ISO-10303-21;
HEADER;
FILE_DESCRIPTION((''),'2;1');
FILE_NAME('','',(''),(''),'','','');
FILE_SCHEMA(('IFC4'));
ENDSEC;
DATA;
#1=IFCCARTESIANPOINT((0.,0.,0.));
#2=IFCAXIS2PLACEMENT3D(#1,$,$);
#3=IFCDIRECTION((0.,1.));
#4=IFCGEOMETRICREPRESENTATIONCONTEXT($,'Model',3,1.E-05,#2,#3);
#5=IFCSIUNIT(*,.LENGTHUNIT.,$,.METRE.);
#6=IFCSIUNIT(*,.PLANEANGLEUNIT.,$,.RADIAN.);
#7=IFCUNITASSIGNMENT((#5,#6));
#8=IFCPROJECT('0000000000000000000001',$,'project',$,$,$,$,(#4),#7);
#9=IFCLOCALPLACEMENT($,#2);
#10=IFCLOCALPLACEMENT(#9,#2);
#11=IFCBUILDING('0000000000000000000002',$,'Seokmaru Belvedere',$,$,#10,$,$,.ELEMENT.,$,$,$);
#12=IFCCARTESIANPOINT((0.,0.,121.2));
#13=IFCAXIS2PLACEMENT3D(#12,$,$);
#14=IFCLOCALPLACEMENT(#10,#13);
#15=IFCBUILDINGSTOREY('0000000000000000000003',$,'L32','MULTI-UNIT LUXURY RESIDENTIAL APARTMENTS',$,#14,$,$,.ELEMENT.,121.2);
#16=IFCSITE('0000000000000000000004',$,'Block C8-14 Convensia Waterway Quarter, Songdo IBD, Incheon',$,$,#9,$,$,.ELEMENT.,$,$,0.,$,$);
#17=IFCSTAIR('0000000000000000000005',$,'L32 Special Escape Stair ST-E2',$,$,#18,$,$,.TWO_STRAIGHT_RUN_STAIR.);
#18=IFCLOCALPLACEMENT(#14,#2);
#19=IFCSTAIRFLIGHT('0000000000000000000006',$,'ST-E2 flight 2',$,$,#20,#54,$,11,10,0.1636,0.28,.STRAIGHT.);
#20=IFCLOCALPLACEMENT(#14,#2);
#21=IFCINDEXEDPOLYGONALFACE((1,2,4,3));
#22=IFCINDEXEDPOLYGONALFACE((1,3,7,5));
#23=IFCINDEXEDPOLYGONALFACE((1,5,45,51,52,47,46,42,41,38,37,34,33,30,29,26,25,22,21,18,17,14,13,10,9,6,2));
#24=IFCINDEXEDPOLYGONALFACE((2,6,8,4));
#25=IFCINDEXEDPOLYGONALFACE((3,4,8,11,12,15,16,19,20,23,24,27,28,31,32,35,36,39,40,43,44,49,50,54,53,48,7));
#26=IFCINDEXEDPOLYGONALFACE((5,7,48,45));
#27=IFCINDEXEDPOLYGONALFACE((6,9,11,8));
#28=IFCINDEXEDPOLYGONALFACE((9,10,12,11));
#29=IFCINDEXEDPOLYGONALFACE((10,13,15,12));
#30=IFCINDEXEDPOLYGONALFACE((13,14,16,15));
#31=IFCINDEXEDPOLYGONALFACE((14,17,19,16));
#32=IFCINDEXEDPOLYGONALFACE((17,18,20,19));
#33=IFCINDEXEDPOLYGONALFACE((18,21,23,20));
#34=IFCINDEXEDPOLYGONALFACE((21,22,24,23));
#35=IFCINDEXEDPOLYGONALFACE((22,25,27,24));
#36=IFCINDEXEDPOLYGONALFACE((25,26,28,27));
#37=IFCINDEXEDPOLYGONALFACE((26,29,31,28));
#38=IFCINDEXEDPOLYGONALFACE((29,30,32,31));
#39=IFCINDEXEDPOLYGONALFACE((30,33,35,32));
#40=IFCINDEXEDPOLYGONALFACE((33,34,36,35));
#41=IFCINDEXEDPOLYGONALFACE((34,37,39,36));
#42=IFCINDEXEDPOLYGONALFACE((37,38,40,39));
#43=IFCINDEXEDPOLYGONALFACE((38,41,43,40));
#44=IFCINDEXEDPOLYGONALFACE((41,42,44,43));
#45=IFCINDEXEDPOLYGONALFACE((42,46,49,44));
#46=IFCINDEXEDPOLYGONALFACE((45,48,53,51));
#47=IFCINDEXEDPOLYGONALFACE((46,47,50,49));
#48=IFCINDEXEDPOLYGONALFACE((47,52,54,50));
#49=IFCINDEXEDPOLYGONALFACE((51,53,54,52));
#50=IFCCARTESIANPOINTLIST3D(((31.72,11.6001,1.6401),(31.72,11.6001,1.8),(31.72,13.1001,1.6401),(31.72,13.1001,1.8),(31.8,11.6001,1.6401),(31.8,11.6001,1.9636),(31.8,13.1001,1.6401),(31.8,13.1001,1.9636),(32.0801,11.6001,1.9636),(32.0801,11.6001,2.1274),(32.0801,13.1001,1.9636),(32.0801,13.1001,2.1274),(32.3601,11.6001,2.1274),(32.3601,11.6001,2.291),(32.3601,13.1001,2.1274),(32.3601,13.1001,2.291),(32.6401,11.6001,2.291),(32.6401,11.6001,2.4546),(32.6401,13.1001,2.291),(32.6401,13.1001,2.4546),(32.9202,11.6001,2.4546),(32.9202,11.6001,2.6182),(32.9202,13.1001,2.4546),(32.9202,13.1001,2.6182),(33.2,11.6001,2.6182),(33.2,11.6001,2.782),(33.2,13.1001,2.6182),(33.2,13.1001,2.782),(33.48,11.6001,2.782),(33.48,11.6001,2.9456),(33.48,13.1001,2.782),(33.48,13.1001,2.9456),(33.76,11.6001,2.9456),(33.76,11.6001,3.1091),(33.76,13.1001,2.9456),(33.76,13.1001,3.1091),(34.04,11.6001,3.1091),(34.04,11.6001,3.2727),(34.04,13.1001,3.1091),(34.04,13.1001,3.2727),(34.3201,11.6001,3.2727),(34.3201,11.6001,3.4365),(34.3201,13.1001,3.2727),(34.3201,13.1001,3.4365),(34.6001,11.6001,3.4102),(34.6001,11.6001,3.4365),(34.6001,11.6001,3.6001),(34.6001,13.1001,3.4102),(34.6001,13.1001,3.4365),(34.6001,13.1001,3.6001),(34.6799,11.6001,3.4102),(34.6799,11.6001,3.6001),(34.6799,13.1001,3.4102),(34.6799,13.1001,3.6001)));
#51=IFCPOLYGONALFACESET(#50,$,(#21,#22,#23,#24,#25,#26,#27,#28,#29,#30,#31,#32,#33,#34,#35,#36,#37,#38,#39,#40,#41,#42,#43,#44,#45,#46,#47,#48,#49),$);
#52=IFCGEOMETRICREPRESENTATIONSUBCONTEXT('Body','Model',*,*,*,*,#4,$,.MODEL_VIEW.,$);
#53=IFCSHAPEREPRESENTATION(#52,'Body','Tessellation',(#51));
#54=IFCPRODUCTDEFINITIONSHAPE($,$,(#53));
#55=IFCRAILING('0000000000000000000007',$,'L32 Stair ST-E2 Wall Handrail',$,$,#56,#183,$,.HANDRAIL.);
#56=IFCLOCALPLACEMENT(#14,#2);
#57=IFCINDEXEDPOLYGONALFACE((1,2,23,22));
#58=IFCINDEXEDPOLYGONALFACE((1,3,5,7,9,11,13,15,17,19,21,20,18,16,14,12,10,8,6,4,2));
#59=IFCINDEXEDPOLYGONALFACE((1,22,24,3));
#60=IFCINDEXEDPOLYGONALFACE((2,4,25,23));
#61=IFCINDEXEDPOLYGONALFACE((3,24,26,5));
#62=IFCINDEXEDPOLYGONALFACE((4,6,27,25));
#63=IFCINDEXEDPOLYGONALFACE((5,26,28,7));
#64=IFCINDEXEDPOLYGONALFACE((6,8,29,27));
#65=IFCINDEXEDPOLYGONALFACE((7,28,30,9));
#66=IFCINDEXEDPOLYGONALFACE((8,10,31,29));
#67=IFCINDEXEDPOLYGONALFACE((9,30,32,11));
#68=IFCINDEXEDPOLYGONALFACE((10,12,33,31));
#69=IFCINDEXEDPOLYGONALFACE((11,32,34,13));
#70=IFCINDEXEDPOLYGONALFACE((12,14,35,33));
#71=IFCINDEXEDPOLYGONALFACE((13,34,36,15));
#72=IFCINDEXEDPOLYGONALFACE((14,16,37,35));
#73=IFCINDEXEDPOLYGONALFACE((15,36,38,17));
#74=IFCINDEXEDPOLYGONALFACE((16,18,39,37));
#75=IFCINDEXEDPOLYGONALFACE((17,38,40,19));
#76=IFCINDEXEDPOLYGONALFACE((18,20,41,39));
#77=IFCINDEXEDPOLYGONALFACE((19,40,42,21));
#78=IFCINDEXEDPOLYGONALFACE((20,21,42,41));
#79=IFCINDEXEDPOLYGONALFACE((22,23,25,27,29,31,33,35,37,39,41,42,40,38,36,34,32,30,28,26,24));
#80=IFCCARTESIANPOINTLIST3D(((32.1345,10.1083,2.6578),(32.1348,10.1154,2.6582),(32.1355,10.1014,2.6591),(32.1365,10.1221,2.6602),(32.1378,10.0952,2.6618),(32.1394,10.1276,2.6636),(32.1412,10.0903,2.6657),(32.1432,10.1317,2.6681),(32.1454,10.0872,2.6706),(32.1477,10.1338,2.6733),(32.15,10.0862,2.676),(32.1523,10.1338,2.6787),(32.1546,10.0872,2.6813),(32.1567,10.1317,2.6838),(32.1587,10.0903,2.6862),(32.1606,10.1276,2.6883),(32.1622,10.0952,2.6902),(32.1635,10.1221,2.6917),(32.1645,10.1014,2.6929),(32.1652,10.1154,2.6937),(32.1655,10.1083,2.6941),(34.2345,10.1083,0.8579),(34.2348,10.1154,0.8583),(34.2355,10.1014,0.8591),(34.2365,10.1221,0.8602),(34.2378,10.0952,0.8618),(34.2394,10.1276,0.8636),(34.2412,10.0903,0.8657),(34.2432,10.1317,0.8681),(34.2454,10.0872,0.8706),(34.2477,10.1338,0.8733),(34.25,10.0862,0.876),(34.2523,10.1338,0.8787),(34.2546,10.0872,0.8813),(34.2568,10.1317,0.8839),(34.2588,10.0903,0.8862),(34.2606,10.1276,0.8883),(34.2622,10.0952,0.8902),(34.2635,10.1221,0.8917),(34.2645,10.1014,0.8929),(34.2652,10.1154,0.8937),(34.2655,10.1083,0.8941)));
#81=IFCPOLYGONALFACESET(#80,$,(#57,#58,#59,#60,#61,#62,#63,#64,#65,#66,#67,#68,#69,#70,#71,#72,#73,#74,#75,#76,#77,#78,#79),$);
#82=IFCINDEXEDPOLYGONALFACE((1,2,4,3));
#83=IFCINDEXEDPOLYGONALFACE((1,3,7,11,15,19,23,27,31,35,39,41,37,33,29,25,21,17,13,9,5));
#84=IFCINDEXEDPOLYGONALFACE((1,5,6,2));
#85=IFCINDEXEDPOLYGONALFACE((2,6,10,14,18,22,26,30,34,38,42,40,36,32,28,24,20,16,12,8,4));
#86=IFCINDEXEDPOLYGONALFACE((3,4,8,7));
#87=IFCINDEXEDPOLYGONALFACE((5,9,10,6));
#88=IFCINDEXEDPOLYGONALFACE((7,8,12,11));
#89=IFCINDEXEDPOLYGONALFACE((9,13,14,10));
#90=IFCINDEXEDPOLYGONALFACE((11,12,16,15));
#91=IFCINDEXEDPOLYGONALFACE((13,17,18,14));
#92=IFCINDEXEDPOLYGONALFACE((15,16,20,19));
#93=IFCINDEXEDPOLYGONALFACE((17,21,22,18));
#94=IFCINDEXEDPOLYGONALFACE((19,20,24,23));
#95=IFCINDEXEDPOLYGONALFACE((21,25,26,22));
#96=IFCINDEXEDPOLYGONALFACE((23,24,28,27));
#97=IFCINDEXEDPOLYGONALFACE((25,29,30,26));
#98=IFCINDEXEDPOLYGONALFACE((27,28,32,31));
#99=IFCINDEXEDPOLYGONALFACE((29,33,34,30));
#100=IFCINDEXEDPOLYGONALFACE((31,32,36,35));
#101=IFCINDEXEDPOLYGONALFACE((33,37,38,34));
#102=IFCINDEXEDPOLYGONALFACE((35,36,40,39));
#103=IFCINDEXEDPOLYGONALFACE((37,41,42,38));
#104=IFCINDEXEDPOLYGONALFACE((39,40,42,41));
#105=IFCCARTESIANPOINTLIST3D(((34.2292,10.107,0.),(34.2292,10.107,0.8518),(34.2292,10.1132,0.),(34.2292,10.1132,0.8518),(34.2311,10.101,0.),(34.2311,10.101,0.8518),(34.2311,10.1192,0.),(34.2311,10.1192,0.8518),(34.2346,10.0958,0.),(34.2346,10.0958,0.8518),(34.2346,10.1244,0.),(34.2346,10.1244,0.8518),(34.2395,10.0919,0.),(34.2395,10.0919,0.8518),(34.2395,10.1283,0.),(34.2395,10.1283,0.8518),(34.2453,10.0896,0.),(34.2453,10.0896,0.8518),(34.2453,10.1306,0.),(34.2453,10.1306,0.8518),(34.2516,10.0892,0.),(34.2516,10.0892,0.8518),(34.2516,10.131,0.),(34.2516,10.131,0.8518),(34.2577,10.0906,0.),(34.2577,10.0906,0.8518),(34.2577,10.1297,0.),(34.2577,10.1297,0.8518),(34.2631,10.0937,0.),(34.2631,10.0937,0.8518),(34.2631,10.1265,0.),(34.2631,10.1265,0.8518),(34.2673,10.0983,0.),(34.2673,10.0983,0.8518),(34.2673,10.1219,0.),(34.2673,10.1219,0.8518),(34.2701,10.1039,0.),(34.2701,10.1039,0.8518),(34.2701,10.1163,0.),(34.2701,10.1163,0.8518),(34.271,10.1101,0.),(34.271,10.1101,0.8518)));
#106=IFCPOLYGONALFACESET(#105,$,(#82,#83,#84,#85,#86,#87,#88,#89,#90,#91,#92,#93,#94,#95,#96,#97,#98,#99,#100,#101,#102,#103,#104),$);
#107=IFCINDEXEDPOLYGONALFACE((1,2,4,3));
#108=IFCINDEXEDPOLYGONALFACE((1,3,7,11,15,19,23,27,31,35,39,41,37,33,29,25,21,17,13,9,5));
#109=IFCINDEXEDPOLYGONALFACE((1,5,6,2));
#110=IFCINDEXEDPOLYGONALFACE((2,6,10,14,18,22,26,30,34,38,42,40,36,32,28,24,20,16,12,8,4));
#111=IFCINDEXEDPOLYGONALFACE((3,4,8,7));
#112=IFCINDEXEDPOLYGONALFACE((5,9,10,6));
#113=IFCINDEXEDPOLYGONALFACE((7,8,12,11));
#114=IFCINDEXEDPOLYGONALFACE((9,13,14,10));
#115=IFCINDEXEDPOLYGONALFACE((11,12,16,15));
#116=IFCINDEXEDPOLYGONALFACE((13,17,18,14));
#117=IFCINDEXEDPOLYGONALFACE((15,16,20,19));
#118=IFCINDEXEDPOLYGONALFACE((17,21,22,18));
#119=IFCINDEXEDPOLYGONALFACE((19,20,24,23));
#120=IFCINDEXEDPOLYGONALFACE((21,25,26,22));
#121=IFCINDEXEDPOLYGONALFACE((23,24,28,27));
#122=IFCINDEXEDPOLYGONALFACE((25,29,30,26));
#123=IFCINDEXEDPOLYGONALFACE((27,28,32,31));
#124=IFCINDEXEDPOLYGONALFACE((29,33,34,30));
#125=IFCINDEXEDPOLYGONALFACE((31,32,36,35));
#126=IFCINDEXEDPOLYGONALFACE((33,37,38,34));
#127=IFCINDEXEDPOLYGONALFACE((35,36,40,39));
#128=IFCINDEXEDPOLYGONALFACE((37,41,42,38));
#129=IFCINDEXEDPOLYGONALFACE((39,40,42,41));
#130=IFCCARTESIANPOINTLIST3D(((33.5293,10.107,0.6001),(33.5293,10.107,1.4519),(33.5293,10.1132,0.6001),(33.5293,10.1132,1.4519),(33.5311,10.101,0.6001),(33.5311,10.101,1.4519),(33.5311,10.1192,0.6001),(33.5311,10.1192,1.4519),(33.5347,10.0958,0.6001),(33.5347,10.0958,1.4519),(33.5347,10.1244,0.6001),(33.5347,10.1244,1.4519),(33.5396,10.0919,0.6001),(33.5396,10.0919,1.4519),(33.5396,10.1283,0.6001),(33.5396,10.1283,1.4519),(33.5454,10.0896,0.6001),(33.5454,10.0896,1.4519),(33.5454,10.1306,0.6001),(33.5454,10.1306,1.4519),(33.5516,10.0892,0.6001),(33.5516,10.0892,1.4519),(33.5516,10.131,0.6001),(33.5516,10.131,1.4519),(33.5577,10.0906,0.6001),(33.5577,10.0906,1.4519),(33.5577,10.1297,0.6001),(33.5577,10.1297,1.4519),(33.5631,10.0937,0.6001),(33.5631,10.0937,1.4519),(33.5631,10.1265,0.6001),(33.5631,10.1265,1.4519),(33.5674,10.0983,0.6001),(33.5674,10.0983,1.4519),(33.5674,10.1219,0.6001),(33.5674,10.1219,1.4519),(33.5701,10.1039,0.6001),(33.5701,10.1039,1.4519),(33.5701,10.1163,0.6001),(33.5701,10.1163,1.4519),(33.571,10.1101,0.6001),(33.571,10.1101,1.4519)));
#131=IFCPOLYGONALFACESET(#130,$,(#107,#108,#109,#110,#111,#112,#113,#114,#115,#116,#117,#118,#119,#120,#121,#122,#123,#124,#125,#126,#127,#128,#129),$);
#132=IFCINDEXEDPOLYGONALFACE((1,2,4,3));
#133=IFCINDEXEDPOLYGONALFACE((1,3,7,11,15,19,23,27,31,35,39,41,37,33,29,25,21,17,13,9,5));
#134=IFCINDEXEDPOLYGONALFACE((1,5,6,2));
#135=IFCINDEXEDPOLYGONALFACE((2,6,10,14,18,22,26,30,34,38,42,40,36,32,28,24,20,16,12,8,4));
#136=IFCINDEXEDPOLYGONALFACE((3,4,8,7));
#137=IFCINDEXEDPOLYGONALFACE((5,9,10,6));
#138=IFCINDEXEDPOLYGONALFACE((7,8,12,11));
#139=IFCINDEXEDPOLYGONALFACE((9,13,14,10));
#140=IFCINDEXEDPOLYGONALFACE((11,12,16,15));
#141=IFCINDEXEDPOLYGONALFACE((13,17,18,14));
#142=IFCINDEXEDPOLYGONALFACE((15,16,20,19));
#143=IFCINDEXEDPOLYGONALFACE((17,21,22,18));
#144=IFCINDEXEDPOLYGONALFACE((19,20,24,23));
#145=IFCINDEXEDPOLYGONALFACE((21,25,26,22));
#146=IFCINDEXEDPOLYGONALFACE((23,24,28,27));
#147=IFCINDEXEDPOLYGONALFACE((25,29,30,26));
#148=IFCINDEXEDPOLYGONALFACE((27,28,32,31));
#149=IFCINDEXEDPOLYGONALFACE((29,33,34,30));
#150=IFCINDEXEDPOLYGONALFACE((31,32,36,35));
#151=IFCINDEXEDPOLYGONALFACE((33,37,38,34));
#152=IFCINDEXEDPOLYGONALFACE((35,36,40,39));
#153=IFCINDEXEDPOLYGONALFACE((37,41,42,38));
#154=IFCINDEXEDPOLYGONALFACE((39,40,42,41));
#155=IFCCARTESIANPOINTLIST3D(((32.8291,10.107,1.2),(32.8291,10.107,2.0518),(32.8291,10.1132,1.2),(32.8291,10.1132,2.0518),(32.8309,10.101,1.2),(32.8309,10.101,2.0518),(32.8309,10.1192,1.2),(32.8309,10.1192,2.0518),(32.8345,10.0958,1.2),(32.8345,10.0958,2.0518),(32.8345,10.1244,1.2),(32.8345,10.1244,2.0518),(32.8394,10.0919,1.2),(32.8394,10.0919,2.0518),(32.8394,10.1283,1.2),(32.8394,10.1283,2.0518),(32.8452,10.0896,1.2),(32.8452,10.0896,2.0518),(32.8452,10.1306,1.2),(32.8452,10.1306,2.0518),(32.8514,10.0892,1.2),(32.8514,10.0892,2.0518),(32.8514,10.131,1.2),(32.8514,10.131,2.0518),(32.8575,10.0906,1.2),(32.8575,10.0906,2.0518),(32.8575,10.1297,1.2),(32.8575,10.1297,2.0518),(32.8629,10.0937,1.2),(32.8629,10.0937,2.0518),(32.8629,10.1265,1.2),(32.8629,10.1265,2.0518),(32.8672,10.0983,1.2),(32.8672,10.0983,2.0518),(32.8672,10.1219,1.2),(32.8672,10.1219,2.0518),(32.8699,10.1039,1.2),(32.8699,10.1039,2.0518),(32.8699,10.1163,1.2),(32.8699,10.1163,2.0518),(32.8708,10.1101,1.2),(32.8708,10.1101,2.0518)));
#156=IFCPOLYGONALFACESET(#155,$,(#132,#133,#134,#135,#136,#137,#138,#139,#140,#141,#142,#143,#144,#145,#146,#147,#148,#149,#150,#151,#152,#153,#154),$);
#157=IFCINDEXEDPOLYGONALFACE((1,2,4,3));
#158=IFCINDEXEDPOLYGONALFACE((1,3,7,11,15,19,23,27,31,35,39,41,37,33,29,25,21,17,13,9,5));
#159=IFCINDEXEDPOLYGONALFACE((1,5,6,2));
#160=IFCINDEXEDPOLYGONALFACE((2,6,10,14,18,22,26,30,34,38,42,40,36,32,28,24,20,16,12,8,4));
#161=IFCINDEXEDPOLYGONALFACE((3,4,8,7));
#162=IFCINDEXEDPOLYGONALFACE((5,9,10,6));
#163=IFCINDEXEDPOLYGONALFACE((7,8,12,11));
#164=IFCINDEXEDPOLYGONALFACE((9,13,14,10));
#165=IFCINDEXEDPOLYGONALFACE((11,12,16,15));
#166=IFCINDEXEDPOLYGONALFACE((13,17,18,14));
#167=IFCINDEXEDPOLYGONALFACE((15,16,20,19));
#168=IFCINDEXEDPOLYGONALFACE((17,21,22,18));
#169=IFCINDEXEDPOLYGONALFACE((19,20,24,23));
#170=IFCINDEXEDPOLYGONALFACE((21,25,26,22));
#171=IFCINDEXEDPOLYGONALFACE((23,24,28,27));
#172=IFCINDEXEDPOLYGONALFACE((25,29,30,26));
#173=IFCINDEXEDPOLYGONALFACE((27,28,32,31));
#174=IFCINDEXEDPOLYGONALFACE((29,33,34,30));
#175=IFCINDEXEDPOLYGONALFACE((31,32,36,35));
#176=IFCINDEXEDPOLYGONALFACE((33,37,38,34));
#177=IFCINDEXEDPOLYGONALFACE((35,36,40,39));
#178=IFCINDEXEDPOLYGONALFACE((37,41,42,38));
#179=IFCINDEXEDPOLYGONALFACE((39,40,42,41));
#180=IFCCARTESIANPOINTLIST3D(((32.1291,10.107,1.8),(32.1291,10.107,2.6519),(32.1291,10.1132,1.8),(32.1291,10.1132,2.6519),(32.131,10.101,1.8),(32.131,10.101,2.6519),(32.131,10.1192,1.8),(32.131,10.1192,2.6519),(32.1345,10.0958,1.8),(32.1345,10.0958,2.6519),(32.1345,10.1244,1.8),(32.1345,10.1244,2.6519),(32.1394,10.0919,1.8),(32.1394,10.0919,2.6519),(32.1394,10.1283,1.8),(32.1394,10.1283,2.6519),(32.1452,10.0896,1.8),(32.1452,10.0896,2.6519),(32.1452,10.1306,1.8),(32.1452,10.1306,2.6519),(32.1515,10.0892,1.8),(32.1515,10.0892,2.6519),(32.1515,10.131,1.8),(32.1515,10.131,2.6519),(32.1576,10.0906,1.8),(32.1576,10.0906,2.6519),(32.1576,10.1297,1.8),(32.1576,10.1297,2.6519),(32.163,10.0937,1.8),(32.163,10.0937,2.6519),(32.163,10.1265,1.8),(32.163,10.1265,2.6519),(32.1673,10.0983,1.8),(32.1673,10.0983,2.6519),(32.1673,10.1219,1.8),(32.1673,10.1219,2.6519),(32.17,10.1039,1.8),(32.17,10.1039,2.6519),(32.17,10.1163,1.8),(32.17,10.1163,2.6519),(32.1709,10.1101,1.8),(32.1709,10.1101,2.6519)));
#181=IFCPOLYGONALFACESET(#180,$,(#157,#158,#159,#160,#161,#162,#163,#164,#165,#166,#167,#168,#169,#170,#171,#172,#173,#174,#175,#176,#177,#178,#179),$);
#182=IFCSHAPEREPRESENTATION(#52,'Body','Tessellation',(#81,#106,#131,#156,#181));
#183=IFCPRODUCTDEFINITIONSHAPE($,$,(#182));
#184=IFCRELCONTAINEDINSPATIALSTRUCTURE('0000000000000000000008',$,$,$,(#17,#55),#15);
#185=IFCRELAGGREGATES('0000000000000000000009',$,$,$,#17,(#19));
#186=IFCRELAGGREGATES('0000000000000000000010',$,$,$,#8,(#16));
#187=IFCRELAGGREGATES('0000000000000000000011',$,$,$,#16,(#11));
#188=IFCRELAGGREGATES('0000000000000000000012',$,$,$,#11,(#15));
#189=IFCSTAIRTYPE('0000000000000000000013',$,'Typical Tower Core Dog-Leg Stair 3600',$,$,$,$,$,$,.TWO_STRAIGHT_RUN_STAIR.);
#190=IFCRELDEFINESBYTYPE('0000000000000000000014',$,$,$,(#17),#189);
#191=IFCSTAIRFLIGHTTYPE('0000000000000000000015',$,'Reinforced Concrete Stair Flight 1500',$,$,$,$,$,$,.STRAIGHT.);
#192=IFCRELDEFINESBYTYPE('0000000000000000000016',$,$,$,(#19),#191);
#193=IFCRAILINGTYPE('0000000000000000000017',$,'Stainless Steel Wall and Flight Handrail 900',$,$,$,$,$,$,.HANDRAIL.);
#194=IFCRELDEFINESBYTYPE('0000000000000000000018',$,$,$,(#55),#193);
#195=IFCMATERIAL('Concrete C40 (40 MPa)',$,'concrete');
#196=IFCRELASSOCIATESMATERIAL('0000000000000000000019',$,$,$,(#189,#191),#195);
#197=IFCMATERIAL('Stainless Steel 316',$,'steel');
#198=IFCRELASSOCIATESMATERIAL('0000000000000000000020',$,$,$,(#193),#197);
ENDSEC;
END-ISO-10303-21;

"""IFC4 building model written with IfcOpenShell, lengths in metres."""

from ifc_helpers import new_model, si_unit, direction, frame, origin, origin_2d, place, context, subcontext, project, spatial, polyline, circle, outline, extrude, material, type_object, element, aggregate, save


model = new_model("IFC4")

# Units and contexts
model_context = context("Model", 3, precision=1e-05, world=origin(), true_north=direction((0.0, 1.0)))
body_context = subcontext(model_context, "Body", "Model", "MODEL_VIEW")
ifc_project = project(units=[si_unit("LENGTHUNIT", "METRE"), si_unit("PLANEANGLEUNIT", "RADIAN")], contexts=[model_context])

# Site, building, storey
site_placement = place(None, origin())
site = spatial("IfcSite", under=ifc_project, at=site_placement, Name="Block C8-14 Convensia Waterway Quarter, Songdo IBD, Incheon", CompositionType="ELEMENT", RefElevation=0.0)
building_placement = place(site_placement, origin())
building = spatial("IfcBuilding", under=site, at=building_placement, Name="Seokmaru Belvedere", CompositionType="ELEMENT")
storey_placement = place(building_placement, frame((0.0, 0.0, 121.2)))
storey = spatial("IfcBuildingStorey", under=building, at=storey_placement, Name="L32", Description="MULTI-UNIT LUXURY RESIDENTIAL APARTMENTS", CompositionType="ELEMENT", Elevation=121.2)

# Stair, stair flight
ifc_material_1 = material(Name="Concrete C40 (40 MPa)", Category="concrete")
stair_type = type_object("IfcStairType", Name="Typical Tower Core Dog-Leg Stair 3600", PredefinedType="TWO_STRAIGHT_RUN_STAIR", material=ifc_material_1)
stair_placement = place(storey_placement, origin())
stair = element("IfcStair", 1, at=stair_placement, inside=storey, type_object=stair_type, Name="L32 Special Escape Stair ST-E2", PredefinedType="TWO_STRAIGHT_RUN_STAIR")
stair_flight_type = type_object("IfcStairFlightType", Name="Reinforced Concrete Stair Flight 1500", PredefinedType="STRAIGHT", material=ifc_material_1)
stair_flight_1_placement = place(storey_placement, frame((31.8, 12.3501, 1.8), z_axis=(0.0, 0.0, 1.0), x_axis=(1.0, 0.0, 0.0)))
stair_flight_1 = element("IfcStairFlight", 2, at=stair_flight_1_placement, type_object=stair_flight_type, Name="ST-E2 flight 2", NumberOfRisers=11, NumberOfTreads=10, PredefinedType="STRAIGHT", RiserHeight=0.1636, TreadLength=0.28, context=body_context, shape_type="SweptSolid", body=[
    extrude(outline(polyline([(-0.0801, 0.0), (0.0, 0.1636), (0.28, 0.1636), (0.28, 0.3274), (0.5601, 0.3274), (0.5601, 0.491), (0.8401, 0.491), (0.8401, 0.6545), (1.1201, 0.6545), (1.1201, 0.8181), (1.3999, 0.8181), (1.3999, 0.9819), (1.6799, 0.9819), (1.6799, 1.1455), (1.96, 1.1455), (1.96, 1.3091), (2.24, 1.3091), (2.24, 1.4727), (2.52, 1.4727), (2.52, 1.6365), (2.8, 1.6365), (2.8, 1.8), (2.8799, 1.8), (2.8799, 1.6101), (2.8, 1.6101), (0.0, -0.1599), (-0.0801, -0.1599), (-0.0801, 0.0)])), frame((0.0, 0.75, 0.0), z_axis=(0.0, -1.0, 0.0), x_axis=(1.0, 0.0, 0.0)), (0.0, 0.0, 1.0), 1.5),
])
aggregate(stair, [stair_flight_1])

# Railing
ifc_material_2 = material(Name="Stainless Steel 316", Category="steel")
railing_type_1 = type_object("IfcRailingType", Name="Stainless Steel Wall and Flight Handrail 900", PredefinedType="HANDRAIL", material=ifc_material_2)
railing_1_placement = place(storey_placement, frame((34.25, 10.1101, 0.0)))
element("IfcRailing", 3, at=railing_1_placement, inside=storey, type_object=railing_type_1, Name="L32 Stair ST-E2 Wall Handrail", PredefinedType="HANDRAIL", context=body_context, shape_type="SweptSolid", body=[
    extrude(circle(Radius=0.0239, at=origin_2d()), frame((0.0, 0.0, 0.876), z_axis=(-0.759263, 0.0, 0.650784), x_axis=(0.0, -1.0, 0.0)), (0.0, 0.0, 1.0), 2.7659),
    extrude(circle(Radius=0.021, at=origin_2d()), origin(), (0.0, 0.0, 1.0), 0.8518),
    extrude(circle(Radius=0.021, at=origin_2d()), frame((-0.7, 0.0, 0.6001)), (0.0, 0.0, 1.0), 0.8518),
    extrude(circle(Radius=0.021, at=origin_2d()), frame((-1.4001, 0.0, 1.2)), (0.0, 0.0, 1.0), 0.8518),
    extrude(circle(Radius=0.021, at=origin_2d()), frame((-2.1001, 0.0, 1.8)), (0.0, 0.0, 1.0), 0.8518),
])

save(model, "model.ifc")
